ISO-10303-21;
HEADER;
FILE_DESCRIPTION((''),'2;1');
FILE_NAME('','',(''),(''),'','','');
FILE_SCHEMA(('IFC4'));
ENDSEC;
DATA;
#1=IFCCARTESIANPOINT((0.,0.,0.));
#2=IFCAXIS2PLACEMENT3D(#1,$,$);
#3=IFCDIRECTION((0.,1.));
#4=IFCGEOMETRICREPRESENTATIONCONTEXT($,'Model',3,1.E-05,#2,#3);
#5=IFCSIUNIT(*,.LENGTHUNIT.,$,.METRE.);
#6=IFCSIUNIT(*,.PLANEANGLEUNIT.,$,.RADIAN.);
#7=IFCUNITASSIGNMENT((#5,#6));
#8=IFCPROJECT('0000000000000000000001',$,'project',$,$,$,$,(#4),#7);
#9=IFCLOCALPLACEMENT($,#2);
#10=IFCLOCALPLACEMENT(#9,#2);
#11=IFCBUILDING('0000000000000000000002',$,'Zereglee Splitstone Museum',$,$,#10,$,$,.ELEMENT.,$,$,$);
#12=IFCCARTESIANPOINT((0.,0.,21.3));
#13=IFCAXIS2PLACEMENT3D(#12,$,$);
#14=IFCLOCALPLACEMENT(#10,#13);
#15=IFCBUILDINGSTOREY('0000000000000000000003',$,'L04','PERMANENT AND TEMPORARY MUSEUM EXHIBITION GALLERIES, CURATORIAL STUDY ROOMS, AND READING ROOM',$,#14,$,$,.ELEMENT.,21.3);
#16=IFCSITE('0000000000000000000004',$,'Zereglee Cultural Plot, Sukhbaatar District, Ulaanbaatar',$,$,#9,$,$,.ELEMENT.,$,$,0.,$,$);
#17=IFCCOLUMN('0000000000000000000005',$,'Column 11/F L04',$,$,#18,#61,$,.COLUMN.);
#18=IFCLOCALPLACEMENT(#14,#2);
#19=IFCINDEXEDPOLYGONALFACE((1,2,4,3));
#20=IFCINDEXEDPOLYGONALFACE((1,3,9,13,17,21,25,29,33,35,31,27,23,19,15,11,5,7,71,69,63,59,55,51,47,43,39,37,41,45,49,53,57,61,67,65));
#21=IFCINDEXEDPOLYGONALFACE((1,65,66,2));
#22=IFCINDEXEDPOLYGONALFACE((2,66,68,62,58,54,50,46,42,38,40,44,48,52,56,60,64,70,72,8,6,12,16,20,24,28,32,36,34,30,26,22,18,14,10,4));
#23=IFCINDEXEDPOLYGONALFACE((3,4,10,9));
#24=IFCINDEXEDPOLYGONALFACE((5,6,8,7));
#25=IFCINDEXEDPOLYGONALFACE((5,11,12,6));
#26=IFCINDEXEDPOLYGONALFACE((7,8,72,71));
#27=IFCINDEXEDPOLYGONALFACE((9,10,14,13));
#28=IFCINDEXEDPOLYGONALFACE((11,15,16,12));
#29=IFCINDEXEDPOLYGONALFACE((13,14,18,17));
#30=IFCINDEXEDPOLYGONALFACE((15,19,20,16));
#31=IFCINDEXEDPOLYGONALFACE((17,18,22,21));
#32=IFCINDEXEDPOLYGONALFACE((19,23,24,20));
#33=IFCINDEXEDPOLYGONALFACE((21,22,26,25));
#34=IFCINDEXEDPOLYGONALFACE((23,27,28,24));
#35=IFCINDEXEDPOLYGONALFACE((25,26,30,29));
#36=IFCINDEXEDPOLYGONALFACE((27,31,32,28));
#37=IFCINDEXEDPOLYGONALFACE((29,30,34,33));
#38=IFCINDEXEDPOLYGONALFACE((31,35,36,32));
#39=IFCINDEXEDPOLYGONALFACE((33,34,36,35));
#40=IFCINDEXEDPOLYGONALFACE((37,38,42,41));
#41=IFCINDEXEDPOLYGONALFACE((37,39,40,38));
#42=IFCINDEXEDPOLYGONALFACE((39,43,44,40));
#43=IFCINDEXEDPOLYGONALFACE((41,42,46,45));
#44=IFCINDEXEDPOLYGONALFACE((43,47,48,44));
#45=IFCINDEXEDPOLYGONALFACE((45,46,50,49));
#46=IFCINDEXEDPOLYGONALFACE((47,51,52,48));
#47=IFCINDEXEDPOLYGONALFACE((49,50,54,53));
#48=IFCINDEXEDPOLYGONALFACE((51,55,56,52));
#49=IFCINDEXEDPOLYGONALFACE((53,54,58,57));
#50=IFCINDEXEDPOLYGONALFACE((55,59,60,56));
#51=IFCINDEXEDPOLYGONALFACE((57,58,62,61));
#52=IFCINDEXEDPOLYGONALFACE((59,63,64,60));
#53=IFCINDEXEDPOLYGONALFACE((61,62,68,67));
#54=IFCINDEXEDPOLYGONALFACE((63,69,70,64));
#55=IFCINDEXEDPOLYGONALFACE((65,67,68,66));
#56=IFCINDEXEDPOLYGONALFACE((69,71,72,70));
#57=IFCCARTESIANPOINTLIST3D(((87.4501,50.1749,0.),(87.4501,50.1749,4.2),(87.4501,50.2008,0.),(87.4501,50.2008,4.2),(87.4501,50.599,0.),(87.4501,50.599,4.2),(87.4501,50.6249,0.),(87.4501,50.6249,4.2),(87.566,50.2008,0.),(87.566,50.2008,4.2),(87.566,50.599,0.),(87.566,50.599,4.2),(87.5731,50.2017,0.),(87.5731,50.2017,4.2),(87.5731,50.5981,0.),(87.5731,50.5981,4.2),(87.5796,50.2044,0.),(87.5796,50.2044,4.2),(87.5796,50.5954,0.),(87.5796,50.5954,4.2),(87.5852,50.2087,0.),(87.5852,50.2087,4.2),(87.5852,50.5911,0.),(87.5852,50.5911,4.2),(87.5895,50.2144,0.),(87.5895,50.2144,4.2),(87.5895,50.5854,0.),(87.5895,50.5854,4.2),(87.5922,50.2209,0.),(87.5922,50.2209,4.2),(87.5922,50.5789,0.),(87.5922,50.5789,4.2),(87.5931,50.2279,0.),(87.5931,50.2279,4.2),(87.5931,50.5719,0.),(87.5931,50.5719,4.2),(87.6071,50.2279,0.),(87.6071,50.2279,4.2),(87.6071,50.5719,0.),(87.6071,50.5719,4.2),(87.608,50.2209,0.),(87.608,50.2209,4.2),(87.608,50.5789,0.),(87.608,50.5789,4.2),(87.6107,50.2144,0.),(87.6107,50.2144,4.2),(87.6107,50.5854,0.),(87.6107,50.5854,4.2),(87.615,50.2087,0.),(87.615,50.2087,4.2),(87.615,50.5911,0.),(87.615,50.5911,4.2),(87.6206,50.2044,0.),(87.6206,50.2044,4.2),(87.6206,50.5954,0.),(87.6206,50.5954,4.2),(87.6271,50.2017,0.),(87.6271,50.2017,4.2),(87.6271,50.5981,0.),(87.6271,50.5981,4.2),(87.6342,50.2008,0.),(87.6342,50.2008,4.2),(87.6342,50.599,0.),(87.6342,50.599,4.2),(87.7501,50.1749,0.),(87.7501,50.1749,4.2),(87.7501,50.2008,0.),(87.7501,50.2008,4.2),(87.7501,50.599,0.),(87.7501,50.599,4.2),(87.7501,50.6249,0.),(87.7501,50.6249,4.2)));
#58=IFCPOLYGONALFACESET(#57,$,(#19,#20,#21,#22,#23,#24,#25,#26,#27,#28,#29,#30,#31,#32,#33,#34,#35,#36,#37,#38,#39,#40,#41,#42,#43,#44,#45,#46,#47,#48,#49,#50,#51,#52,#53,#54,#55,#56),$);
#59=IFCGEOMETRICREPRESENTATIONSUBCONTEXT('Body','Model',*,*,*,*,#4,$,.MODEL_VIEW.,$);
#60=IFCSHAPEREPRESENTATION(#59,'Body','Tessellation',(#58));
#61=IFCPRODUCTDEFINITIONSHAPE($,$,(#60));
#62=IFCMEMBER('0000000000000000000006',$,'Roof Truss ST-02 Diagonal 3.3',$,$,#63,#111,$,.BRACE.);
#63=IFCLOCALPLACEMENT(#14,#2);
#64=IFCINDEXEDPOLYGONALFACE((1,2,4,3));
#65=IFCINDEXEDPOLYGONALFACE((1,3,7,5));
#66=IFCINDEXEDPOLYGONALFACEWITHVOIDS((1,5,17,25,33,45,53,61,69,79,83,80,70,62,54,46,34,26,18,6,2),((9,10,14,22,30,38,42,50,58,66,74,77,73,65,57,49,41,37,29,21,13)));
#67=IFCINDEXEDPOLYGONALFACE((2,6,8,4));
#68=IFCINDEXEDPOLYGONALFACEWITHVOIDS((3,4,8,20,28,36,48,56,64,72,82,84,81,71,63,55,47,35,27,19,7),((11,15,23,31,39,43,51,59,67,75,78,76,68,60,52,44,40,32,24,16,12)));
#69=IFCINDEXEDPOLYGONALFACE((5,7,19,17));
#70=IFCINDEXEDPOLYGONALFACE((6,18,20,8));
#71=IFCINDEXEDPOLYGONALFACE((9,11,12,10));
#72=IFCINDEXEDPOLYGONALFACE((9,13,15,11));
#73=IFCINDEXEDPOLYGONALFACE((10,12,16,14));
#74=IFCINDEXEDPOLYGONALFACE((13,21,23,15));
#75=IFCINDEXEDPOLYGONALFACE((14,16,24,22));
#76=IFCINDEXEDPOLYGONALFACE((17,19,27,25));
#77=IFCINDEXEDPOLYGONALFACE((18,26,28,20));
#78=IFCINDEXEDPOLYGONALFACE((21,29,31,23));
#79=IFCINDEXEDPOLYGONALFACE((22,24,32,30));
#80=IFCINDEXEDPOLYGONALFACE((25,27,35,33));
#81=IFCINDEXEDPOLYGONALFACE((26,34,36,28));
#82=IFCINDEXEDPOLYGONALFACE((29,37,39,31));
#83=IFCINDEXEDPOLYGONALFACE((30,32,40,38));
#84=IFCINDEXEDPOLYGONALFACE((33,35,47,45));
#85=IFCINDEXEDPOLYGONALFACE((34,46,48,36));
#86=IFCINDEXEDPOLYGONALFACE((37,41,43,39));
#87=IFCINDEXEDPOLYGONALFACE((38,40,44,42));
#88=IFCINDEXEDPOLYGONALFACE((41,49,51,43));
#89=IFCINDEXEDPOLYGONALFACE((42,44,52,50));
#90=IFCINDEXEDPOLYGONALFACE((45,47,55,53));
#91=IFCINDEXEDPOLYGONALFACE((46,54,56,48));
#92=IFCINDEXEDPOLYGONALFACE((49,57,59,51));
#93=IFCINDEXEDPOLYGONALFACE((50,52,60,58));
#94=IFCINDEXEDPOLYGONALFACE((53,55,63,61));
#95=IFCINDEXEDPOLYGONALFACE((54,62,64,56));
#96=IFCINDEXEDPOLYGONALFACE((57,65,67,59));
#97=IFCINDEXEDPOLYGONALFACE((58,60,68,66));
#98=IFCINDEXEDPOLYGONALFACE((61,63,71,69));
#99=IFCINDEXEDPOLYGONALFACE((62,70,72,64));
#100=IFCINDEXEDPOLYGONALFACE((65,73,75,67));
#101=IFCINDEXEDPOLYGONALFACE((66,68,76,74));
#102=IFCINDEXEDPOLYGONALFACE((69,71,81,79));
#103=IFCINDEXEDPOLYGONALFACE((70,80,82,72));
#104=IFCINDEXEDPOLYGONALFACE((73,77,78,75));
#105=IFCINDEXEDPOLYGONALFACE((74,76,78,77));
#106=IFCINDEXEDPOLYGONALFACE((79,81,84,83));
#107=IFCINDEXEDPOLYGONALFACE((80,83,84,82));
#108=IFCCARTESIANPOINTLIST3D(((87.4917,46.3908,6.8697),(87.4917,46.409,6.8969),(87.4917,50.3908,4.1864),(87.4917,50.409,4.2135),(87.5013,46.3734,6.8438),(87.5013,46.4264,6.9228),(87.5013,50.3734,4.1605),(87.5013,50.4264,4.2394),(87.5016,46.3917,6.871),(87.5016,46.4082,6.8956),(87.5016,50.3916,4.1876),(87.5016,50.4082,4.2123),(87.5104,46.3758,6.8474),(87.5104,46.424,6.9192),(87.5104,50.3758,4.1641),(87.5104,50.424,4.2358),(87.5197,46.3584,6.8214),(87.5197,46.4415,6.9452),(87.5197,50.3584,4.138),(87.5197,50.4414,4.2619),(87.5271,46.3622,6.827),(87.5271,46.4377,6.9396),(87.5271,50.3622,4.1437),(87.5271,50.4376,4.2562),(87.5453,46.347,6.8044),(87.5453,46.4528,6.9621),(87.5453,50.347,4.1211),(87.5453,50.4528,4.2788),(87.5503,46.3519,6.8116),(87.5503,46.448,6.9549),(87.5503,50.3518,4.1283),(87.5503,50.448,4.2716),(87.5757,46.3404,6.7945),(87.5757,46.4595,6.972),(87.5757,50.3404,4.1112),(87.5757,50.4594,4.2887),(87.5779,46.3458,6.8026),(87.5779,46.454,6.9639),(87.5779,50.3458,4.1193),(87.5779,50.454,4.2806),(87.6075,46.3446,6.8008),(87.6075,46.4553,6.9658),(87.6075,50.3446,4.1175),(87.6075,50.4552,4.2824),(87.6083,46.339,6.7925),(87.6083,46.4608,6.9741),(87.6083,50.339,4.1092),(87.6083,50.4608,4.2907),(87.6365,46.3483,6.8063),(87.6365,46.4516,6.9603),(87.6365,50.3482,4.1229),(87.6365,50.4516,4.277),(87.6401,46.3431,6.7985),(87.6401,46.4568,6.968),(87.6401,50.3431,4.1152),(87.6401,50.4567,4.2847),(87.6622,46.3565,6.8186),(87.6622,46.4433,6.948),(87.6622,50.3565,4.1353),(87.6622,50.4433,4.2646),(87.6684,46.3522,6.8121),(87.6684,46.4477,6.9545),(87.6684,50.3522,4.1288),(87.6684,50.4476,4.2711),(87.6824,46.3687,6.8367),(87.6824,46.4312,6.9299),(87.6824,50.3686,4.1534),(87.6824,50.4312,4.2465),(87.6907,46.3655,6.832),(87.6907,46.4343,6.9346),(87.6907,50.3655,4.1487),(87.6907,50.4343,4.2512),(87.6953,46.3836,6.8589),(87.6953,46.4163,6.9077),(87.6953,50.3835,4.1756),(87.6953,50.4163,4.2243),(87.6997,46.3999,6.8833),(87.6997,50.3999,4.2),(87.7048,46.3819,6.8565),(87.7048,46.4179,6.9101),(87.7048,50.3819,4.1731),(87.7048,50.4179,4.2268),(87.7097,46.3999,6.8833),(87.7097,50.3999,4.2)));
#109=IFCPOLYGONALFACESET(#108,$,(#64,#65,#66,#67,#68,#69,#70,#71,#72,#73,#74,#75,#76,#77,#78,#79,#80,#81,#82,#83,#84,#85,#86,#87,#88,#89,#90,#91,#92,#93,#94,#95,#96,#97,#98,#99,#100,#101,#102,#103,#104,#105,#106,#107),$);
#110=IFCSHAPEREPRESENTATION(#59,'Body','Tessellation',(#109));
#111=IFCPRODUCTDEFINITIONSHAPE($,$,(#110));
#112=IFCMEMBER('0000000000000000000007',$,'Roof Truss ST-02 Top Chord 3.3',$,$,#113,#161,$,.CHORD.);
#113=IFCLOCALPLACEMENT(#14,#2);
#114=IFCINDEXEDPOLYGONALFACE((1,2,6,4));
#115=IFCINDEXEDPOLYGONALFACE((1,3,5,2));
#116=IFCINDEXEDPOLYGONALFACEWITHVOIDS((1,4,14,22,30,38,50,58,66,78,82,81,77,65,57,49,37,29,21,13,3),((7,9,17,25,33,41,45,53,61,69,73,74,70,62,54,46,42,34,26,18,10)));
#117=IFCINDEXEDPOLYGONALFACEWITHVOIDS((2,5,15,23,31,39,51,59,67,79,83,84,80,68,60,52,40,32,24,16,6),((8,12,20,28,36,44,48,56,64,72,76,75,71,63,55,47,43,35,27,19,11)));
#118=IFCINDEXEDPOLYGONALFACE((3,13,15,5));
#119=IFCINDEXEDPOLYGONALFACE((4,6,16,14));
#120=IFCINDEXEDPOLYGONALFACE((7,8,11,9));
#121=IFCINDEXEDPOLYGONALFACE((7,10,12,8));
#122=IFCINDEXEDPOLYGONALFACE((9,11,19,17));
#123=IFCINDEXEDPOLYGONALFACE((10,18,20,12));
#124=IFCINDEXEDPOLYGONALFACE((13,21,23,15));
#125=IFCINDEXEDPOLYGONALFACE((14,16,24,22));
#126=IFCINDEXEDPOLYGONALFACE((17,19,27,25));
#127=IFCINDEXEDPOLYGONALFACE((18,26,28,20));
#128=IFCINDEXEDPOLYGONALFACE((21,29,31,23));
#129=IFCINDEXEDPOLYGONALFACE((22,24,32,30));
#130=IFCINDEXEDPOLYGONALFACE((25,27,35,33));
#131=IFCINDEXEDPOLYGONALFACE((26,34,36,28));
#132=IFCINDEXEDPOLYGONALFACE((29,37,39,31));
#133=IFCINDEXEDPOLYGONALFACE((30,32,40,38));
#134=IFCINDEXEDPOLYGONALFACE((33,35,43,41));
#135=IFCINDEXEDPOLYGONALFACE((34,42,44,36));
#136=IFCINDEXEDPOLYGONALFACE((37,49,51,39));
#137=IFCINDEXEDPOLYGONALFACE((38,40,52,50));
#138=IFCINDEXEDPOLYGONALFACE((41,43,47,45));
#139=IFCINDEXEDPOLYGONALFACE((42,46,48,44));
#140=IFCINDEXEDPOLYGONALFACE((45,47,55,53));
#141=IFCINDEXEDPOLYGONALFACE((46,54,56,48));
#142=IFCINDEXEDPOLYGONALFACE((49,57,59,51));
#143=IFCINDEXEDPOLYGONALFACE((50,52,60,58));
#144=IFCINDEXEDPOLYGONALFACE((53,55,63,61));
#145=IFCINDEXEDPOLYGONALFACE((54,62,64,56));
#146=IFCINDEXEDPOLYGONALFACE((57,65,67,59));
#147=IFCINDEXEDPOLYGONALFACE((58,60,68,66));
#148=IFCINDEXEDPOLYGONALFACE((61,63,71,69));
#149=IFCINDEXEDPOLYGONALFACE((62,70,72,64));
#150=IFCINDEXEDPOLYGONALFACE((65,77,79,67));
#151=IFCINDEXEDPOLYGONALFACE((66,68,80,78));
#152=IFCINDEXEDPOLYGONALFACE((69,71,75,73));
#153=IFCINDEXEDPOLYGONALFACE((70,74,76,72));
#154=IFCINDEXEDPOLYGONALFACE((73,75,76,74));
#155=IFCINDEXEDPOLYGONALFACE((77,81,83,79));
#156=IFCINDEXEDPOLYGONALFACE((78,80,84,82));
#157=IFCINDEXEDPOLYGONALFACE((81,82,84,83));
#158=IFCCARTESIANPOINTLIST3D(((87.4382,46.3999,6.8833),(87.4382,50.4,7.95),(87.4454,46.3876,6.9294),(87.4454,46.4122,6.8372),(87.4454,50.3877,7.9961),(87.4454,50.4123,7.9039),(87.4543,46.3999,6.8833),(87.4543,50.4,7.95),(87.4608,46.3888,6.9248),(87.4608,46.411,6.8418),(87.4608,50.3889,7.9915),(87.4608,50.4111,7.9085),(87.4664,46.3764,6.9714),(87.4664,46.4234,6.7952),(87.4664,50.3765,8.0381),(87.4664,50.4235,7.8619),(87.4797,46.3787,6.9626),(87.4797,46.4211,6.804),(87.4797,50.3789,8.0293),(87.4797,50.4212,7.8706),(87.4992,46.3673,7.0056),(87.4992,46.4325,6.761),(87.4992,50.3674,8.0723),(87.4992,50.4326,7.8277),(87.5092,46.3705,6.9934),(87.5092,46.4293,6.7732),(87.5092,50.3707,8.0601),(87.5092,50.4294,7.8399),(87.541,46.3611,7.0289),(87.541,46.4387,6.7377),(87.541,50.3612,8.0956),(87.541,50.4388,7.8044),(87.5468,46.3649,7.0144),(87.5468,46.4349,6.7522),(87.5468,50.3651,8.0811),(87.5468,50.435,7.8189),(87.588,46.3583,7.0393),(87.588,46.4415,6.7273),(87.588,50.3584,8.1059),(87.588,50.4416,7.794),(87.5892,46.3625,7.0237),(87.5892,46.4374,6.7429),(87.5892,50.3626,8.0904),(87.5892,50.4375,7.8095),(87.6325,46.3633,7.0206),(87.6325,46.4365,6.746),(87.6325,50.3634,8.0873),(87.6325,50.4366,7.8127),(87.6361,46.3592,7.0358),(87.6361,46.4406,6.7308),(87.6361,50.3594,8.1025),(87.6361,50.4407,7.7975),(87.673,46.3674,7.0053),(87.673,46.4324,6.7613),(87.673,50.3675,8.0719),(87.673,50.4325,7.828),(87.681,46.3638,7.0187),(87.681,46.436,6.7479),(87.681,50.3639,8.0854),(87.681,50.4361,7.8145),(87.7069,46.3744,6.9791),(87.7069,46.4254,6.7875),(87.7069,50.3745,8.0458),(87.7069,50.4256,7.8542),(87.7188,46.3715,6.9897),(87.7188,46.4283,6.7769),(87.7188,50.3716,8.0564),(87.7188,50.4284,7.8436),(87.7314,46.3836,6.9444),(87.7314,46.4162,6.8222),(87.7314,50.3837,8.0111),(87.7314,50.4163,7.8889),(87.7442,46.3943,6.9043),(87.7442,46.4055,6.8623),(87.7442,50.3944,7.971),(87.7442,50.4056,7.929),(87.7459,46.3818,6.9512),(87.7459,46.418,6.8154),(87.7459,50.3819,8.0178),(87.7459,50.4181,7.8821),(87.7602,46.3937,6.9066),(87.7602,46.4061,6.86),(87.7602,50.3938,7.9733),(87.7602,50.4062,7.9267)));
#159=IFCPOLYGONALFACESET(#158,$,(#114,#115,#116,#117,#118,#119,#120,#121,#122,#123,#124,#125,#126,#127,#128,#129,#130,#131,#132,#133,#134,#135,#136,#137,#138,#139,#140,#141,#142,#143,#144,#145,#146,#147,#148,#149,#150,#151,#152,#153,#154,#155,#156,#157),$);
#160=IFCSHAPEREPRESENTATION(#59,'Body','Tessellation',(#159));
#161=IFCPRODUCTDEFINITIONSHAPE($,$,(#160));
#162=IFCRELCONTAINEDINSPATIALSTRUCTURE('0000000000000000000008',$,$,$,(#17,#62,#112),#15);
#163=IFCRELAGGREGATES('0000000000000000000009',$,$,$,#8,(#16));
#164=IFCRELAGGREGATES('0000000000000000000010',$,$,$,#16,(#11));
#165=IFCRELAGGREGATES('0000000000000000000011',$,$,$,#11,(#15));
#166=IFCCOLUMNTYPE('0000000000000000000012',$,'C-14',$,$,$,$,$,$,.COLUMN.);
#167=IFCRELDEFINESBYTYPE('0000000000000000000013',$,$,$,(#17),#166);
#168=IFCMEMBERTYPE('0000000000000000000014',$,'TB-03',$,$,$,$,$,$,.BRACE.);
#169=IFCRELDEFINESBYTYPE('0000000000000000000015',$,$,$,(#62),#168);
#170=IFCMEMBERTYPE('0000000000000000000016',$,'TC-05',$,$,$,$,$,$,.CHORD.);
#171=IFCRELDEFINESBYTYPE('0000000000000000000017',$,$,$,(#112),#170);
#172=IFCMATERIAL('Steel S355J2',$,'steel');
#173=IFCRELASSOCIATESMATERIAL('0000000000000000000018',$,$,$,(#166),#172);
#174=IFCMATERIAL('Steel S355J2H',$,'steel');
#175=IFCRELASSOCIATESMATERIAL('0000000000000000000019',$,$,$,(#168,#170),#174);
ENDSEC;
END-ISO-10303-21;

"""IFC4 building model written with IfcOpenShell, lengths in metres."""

from ifc_helpers import new_model, si_unit, direction, frame, origin, origin_2d, place, context, subcontext, project, spatial, hollow_circle, i_section, extrude, material, material_profile, profile_set, type_object, element, save


model = new_model("IFC4")

# Units and contexts
model_context = context("Model", 3, precision=1e-05, world=origin(), true_north=direction((0.0, 1.0)))
body_context = subcontext(model_context, "Body", "Model", "MODEL_VIEW")
ifc_project = project(units=[si_unit("LENGTHUNIT", "METRE"), si_unit("PLANEANGLEUNIT", "RADIAN")], contexts=[model_context])

# Site, building, storey
site_placement = place(None, origin())
site = spatial("IfcSite", under=ifc_project, at=site_placement, Name="Zereglee Cultural Plot, Sukhbaatar District, Ulaanbaatar", CompositionType="ELEMENT", RefElevation=0.0)
building_placement = place(site_placement, origin())
building = spatial("IfcBuilding", under=site, at=building_placement, Name="Zereglee Splitstone Museum", CompositionType="ELEMENT")
storey_placement = place(building_placement, frame((0.0, 0.0, 21.3)))
storey = spatial("IfcBuildingStorey", under=building, at=storey_placement, Name="L04", Description="PERMANENT AND TEMPORARY MUSEUM EXHIBITION GALLERIES, CURATORIAL STUDY ROOMS, AND READING ROOM", CompositionType="ELEMENT", Elevation=21.3)

# Column
ifc_material_1 = material(Name="Steel S355J2", Category="steel")
ifc_material_profile_1 = material_profile(ifc_material_1, i_section(OverallWidth=0.3, OverallDepth=0.45, WebThickness=0.0139, FlangeThickness=0.0259, FilletRadius=0.0271, at=origin_2d()), Name="HE 450 B")
ifc_profile_set_1 = profile_set([ifc_material_profile_1], Name="Steel S355J2")
column_type = type_object("IfcColumnType", Name="C-14", PredefinedType="COLUMN", material=ifc_profile_set_1)
column_placement = place(storey_placement, frame((87.6001, 50.3999, 0.0), z_axis=(0.0, 0.0, 1.0), x_axis=(1.0, 0.0, 0.0)))
element("IfcColumn", 1, at=column_placement, inside=storey, type_object=column_type, Name="Column 11/F L04", PredefinedType="COLUMN", context=body_context, shape_type="SweptSolid", body=[
    extrude(i_section(OverallWidth=0.3, OverallDepth=0.45, WebThickness=0.0139, FlangeThickness=0.0259, FilletRadius=0.0271, at=origin_2d()), origin(), (0.0, 0.0, 1.0), 4.2),
])

# Members
ifc_material_2 = material(Name="Steel S355J2H", Category="steel")
ifc_material_profile_2 = material_profile(ifc_material_2, hollow_circle(Radius=0.1096, WallThickness=0.01, at=origin_2d()), Name="CHS 219.1x10")
ifc_profile_set_2 = profile_set([ifc_material_profile_2], Name="Steel S355J2H")
member_type_1 = type_object("IfcMemberType", Name="TB-03", PredefinedType="BRACE", material=ifc_profile_set_2)
member_1_placement = place(storey_placement, frame((87.6001, 50.3999, 4.2), z_axis=(0.0, -0.830448, 0.557096), x_axis=(1.0, 0.0, 0.0)))
element("IfcMember", 2, at=member_1_placement, inside=storey, type_object=member_type_1, Name="Roof Truss ST-02 Diagonal 3.3", PredefinedType="BRACE", context=body_context, shape_type="SweptSolid", body=[
    extrude(hollow_circle(Radius=0.1096, WallThickness=0.01, at=origin_2d()), origin(), (0.0, 0.0, 1.0), 4.8167),
])
ifc_material_profile_3 = material_profile(ifc_material_2, hollow_circle(Radius=0.1619, WallThickness=0.0161, at=origin_2d()), Name="CHS 323.9x16")
ifc_profile_set_3 = profile_set([ifc_material_profile_3], Name="Steel S355J2H")
member_type_2 = type_object("IfcMemberType", Name="TC-05", PredefinedType="CHORD", material=ifc_profile_set_3)
member_2_placement = place(storey_placement, frame((87.6001, 46.3999, 6.8833), z_axis=(0.0, 0.966236, 0.257659), x_axis=(-1.0, 0.0, 0.0)))
element("IfcMember", 3, at=member_2_placement, inside=storey, type_object=member_type_2, Name="Roof Truss ST-02 Top Chord 3.3", PredefinedType="CHORD", context=body_context, shape_type="SweptSolid", body=[
    extrude(hollow_circle(Radius=0.1619, WallThickness=0.0161, at=origin_2d()), origin(), (0.0, 0.0, 1.0), 4.1399),
])

save(model, "model.ifc")
